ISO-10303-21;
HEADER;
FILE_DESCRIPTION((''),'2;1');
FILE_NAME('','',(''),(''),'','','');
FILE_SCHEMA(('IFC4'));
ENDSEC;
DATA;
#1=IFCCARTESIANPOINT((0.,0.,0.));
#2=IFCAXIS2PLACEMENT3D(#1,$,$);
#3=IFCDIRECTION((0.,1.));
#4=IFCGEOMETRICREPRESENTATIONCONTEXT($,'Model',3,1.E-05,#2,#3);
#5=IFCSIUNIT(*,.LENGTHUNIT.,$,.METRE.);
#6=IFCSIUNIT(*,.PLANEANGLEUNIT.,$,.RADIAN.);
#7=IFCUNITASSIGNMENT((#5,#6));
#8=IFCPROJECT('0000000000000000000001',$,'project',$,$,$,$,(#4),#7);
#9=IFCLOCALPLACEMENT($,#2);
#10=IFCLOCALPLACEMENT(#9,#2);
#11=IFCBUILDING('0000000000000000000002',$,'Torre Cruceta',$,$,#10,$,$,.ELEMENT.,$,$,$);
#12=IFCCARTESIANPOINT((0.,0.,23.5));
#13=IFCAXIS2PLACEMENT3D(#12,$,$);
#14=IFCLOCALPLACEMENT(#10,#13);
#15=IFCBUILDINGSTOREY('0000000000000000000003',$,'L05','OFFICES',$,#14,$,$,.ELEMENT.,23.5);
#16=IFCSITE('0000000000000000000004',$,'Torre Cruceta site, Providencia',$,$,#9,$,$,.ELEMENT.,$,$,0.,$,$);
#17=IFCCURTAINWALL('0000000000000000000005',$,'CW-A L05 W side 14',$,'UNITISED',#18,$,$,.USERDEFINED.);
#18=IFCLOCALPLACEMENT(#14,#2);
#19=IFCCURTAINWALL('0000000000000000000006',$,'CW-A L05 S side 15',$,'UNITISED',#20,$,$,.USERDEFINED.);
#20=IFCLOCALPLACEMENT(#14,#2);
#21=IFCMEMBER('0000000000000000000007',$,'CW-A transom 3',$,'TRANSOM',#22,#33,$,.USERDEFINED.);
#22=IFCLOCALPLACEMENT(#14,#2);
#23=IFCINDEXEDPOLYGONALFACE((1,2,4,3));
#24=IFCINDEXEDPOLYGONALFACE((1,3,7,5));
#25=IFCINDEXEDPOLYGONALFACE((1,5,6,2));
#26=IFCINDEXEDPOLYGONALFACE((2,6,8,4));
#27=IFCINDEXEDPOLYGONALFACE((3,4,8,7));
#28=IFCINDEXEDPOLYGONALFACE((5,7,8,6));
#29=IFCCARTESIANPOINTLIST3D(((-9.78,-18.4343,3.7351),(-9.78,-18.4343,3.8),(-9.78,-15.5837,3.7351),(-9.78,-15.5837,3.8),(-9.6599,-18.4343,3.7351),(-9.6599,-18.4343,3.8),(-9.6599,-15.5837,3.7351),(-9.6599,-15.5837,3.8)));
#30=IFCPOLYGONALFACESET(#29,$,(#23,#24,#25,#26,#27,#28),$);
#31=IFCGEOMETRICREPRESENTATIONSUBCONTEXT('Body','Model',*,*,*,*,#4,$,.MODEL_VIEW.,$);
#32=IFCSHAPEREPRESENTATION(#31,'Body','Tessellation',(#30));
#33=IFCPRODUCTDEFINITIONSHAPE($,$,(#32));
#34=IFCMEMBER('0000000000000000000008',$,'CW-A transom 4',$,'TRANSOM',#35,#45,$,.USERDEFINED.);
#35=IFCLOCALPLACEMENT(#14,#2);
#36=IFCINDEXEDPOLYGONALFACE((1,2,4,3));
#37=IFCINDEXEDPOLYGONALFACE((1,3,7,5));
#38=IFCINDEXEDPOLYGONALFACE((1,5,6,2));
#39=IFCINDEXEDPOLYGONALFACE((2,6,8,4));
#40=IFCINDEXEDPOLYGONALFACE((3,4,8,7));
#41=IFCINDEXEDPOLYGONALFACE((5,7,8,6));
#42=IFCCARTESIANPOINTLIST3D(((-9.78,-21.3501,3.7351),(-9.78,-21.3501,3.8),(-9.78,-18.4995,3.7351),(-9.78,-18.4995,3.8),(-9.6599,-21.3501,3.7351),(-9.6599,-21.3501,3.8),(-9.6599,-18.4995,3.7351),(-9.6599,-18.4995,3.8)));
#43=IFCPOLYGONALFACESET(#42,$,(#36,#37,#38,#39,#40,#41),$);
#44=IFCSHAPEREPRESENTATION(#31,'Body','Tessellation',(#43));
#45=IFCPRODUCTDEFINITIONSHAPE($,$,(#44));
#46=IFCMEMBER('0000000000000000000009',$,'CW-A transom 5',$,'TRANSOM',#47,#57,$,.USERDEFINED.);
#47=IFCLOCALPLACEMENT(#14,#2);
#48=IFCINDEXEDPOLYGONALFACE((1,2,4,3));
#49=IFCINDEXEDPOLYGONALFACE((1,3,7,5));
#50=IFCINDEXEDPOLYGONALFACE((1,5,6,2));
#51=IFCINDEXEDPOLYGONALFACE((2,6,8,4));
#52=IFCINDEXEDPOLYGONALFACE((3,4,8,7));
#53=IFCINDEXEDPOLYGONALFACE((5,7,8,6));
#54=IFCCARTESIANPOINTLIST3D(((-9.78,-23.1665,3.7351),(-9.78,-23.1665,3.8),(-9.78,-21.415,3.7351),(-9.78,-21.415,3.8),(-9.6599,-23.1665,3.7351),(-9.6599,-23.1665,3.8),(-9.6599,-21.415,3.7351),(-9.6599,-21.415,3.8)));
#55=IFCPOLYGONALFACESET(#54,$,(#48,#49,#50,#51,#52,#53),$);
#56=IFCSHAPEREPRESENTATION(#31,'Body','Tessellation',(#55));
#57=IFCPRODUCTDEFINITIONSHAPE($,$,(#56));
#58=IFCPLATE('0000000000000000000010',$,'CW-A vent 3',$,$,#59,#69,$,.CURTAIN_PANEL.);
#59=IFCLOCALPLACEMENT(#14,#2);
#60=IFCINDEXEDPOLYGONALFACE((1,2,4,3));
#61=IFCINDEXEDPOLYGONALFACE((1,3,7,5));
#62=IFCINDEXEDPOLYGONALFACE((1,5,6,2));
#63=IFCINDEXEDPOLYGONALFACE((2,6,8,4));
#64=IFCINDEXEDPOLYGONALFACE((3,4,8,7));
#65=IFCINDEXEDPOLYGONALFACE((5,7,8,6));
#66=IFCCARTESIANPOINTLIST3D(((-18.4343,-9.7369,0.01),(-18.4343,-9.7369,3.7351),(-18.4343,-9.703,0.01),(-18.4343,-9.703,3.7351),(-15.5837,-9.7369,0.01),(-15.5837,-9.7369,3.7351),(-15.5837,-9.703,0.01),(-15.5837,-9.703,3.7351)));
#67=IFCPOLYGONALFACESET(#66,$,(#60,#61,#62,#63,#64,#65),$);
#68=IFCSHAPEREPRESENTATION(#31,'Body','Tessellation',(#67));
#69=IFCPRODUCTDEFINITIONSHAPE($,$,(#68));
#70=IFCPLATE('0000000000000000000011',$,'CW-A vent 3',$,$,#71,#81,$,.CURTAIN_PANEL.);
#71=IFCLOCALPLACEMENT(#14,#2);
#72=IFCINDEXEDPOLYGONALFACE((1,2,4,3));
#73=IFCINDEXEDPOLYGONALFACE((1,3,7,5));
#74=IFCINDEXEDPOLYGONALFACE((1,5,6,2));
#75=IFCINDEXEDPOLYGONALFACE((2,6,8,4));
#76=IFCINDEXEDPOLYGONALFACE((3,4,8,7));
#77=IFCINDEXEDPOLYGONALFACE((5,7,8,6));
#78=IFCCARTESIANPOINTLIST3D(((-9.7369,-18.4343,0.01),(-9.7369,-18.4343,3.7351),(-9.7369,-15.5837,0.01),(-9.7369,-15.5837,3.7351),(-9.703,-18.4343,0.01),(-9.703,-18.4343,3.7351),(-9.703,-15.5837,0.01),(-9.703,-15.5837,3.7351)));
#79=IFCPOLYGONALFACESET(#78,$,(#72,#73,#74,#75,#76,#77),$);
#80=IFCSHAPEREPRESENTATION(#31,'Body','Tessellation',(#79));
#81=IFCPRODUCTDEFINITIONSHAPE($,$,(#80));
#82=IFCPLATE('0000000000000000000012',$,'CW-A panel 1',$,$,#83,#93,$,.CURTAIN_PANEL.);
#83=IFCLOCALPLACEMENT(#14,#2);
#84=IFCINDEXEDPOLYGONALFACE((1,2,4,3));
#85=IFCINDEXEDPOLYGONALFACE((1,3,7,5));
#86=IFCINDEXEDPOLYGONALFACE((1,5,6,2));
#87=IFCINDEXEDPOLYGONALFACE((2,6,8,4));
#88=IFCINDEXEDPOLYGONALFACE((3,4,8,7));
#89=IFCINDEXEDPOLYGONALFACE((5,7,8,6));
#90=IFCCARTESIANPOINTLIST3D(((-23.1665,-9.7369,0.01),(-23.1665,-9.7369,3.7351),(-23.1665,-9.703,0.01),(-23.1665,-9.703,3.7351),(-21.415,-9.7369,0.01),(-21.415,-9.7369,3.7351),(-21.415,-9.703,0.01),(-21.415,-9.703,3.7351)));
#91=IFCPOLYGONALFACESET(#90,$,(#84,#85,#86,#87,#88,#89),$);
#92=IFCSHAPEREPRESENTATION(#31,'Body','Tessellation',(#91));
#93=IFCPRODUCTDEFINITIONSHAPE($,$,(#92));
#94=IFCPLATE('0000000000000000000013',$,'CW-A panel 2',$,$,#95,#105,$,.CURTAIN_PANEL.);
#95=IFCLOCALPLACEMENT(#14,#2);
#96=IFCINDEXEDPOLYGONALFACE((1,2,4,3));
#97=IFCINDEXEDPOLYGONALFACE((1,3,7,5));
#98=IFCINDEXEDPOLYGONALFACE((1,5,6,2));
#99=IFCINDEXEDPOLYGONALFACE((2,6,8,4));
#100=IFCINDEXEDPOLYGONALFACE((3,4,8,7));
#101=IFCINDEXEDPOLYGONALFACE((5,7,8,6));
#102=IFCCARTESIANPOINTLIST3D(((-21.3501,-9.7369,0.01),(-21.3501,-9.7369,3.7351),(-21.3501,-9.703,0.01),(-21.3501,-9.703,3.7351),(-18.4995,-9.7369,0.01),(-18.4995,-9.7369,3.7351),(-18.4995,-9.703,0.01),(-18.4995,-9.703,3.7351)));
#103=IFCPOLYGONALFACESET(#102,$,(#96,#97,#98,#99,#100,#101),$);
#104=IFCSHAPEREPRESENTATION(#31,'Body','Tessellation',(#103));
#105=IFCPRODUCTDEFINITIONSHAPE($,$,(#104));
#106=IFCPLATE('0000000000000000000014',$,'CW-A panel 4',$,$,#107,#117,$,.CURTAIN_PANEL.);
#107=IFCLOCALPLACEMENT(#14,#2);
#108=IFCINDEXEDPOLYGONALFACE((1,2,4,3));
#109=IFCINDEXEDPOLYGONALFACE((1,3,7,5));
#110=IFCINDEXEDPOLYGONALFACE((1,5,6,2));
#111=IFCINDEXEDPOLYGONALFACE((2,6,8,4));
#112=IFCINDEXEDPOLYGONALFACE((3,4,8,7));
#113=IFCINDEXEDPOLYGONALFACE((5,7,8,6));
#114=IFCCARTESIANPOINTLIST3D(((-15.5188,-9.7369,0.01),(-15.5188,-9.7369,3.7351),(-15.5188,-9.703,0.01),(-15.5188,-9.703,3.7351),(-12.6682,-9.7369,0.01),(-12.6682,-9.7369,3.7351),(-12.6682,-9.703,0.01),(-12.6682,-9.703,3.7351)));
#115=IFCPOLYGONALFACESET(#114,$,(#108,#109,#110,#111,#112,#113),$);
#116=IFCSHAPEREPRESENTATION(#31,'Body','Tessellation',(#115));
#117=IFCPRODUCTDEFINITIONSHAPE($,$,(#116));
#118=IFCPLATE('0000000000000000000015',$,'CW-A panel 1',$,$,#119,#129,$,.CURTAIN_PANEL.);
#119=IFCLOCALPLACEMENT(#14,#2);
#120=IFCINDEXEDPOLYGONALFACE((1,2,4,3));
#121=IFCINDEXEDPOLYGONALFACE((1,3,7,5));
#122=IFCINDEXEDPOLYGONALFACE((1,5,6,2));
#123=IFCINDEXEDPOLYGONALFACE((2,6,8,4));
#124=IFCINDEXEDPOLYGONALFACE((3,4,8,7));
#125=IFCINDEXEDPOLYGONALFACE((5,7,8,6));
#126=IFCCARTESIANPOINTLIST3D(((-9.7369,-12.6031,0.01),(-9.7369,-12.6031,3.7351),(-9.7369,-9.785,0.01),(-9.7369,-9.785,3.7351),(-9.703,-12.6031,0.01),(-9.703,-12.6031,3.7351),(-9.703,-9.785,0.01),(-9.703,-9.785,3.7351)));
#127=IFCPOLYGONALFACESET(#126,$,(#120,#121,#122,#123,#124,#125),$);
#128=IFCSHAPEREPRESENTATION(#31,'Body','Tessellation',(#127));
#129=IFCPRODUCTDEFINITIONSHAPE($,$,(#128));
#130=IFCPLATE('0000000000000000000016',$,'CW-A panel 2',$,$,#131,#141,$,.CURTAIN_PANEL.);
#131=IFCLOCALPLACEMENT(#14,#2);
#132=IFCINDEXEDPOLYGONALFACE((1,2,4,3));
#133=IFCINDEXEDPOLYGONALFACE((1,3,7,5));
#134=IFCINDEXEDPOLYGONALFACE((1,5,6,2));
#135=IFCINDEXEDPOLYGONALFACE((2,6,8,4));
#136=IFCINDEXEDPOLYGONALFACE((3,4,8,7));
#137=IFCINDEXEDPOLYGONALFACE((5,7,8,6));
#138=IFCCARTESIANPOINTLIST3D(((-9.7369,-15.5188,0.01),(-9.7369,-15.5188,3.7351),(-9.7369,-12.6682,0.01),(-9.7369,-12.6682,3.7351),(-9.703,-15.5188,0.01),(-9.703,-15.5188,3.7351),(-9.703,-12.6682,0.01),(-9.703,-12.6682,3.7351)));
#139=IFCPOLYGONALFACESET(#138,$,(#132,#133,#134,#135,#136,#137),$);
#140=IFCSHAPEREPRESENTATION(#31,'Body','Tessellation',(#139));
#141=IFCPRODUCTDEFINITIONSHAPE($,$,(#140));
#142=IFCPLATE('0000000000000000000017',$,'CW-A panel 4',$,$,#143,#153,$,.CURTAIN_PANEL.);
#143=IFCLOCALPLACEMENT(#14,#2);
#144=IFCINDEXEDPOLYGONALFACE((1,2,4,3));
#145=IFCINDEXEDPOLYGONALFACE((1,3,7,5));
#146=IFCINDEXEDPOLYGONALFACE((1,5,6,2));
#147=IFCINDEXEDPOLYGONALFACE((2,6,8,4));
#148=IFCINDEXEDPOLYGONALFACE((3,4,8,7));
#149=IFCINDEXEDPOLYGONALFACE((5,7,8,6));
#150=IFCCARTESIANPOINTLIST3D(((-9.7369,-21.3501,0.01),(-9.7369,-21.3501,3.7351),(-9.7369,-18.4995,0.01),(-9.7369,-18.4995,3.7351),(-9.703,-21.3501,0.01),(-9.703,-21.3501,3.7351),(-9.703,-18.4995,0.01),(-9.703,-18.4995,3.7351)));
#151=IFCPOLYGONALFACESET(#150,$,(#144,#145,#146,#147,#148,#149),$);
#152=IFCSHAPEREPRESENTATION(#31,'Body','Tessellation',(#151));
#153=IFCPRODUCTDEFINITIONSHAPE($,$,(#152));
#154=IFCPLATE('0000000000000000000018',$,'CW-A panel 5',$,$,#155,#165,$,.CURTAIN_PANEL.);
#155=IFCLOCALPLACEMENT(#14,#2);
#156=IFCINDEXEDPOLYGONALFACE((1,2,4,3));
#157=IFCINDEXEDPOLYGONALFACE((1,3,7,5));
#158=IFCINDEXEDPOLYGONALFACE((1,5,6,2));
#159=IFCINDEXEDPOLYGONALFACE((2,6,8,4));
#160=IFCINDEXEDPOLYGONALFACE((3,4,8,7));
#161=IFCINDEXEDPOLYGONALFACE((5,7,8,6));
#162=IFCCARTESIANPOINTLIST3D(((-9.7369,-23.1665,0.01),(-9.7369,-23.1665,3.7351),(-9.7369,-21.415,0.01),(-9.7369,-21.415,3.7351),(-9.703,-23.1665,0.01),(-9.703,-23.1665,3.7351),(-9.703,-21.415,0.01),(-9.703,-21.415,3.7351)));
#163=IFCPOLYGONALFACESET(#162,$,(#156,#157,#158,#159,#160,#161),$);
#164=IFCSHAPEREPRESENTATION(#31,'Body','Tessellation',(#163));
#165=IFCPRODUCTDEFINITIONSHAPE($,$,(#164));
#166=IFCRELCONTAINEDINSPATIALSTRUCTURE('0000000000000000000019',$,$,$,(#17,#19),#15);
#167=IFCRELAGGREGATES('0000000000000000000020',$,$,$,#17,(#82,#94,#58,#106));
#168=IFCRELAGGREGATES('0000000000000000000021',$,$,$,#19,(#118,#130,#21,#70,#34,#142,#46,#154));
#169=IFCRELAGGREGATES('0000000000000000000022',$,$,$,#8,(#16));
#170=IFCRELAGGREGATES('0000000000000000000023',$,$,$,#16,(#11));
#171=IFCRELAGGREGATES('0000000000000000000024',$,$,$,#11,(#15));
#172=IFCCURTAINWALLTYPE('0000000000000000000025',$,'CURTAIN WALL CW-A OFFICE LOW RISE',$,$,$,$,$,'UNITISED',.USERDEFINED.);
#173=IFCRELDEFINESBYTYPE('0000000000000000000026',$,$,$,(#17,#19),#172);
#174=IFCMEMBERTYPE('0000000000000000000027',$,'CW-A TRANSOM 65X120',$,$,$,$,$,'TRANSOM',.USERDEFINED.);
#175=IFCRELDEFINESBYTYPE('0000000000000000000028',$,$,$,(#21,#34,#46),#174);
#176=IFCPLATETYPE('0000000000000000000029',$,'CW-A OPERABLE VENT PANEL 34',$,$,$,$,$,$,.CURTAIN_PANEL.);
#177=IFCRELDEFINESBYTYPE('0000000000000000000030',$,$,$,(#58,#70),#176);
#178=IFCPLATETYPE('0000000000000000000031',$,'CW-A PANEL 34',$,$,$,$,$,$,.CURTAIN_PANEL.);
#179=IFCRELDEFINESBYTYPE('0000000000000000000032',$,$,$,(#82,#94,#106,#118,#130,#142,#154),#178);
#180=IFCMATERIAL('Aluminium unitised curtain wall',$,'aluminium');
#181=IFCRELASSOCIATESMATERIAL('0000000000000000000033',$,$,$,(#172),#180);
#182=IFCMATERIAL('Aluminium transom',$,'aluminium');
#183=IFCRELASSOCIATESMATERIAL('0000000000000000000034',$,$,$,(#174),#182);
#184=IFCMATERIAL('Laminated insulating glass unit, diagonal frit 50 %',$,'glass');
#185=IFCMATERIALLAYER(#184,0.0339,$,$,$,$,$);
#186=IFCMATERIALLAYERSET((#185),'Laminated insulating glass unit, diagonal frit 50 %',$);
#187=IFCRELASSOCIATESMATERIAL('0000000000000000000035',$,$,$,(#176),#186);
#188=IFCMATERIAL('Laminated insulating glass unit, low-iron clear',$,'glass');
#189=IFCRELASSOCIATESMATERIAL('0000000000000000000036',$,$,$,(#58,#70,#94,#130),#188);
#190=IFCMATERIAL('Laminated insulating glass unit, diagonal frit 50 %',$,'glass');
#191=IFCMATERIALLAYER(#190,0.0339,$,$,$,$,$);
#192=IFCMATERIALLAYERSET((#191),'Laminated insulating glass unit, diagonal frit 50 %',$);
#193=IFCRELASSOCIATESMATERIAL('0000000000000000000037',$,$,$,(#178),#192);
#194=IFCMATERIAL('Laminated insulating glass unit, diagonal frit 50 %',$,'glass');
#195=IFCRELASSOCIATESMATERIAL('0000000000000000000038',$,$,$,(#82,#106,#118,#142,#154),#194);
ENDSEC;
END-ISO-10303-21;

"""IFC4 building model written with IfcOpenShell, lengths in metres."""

from ifc_helpers import new_model, si_unit, direction, frame, origin, origin_2d, place, context, subcontext, project, spatial, rectangle, extrude, material, layer, layer_set, material_profile, profile_set, type_object, element, aggregate, save


model = new_model("IFC4")

# Units and contexts
model_context = context("Model", 3, precision=1e-05, world=origin(), true_north=direction((0.0, 1.0)))
body_context = subcontext(model_context, "Body", "Model", "MODEL_VIEW")
ifc_project = project(units=[si_unit("LENGTHUNIT", "METRE"), si_unit("PLANEANGLEUNIT", "RADIAN")], contexts=[model_context])

# Site, building, storey
site_placement = place(None, origin())
site = spatial("IfcSite", under=ifc_project, at=site_placement, Name="Torre Cruceta site, Providencia", CompositionType="ELEMENT", RefElevation=0.0)
building_placement = place(site_placement, origin())
building = spatial("IfcBuilding", under=site, at=building_placement, Name="Torre Cruceta", CompositionType="ELEMENT")
storey_placement = place(building_placement, frame((0.0, 0.0, 23.5)))
storey = spatial("IfcBuildingStorey", under=building, at=storey_placement, Name="L05", Description="OFFICES", CompositionType="ELEMENT", Elevation=23.5)

# Curtain walls
ifc_material_1 = material(Name="Aluminium unitised curtain wall", Category="aluminium")
curtain_wall_type = type_object("IfcCurtainWallType", Name="CURTAIN WALL CW-A OFFICE LOW RISE", ElementType="UNITISED", PredefinedType="USERDEFINED", material=ifc_material_1)
curtain_wall_1_placement = place(storey_placement, origin())
curtain_wall_1 = element("IfcCurtainWall", 1, at=curtain_wall_1_placement, inside=storey, type_object=curtain_wall_type, Name="CW-A L05 W side 14", ObjectType="UNITISED", PredefinedType="USERDEFINED")
curtain_wall_2_placement = place(storey_placement, origin())
curtain_wall_2 = element("IfcCurtainWall", 2, at=curtain_wall_2_placement, inside=storey, type_object=curtain_wall_type, Name="CW-A L05 S side 15", ObjectType="UNITISED", PredefinedType="USERDEFINED")

# Members
ifc_material_2 = material(Name="Aluminium transom", Category="aluminium")
ifc_material_profile_1 = material_profile(ifc_material_2, rectangle(XDim=0.1201, YDim=0.0649, at=origin_2d()), Name="AL 120X65")
ifc_profile_set_1 = profile_set([ifc_material_profile_1], Name="Aluminium transom")
member_type_1 = type_object("IfcMemberType", Name="CW-A TRANSOM 65X120", ElementType="TRANSOM", PredefinedType="USERDEFINED", material=ifc_profile_set_1)
member_1_placement = place(storey_placement, frame((-9.72, -15.5837, 3.7676), z_axis=(0.0, -1.0, 0.0), x_axis=(1.0, 0.0, 0.0)))
member_1 = element("IfcMember", 3, at=member_1_placement, type_object=member_type_1, Name="CW-A transom 3", ObjectType="TRANSOM", PredefinedType="USERDEFINED", context=body_context, shape_type="SweptSolid", body=[
    extrude(rectangle(XDim=0.1201, YDim=0.0649, at=origin_2d()), origin(), (0.0, 0.0, 1.0), 2.8506),
])
member_2_placement = place(storey_placement, frame((-9.72, -18.4995, 3.7676), z_axis=(0.0, -1.0, 0.0), x_axis=(1.0, 0.0, 0.0)))
member_2 = element("IfcMember", 4, at=member_2_placement, type_object=member_type_1, Name="CW-A transom 4", ObjectType="TRANSOM", PredefinedType="USERDEFINED", context=body_context, shape_type="SweptSolid", body=[
    extrude(rectangle(XDim=0.1201, YDim=0.0649, at=origin_2d()), origin(), (0.0, 0.0, 1.0), 2.8506),
])
member_3_placement = place(storey_placement, frame((-9.72, -21.415, 3.7676), z_axis=(0.0, -1.0, 0.0), x_axis=(1.0, 0.0, 0.0)))
member_3 = element("IfcMember", 5, at=member_3_placement, type_object=member_type_1, Name="CW-A transom 5", ObjectType="TRANSOM", PredefinedType="USERDEFINED", context=body_context, shape_type="SweptSolid", body=[
    extrude(rectangle(XDim=0.1201, YDim=0.0649, at=origin_2d()), origin(), (0.0, 0.0, 1.0), 1.7515),
])

# Plates
ifc_material_3 = material(Name="Laminated insulating glass unit, low-iron clear", Category="glass")
ifc_material_4 = material(Name="Laminated insulating glass unit, diagonal frit 50 %", Category="glass")
ifc_layer_1 = layer(ifc_material_4, 0.0339)
ifc_layer_set_1 = layer_set([ifc_layer_1], Name="Laminated insulating glass unit, diagonal frit 50 %")
plate_type_1 = type_object("IfcPlateType", Name="CW-A OPERABLE VENT PANEL 34", PredefinedType="CURTAIN_PANEL", material=ifc_layer_set_1)
plate_1_placement = place(storey_placement, frame((-17.009, -9.72, 0.01), z_axis=(0.0, 0.0, 1.0), x_axis=(1.0, 0.0, 0.0)))
plate_1 = element("IfcPlate", 6, at=plate_1_placement, type_object=plate_type_1, material=ifc_material_3, Name="CW-A vent 3", PredefinedType="CURTAIN_PANEL", context=body_context, shape_type="SweptSolid", body=[
    extrude(rectangle(XDim=2.8506, YDim=0.0339, at=origin_2d()), origin(), (0.0, 0.0, 1.0), 3.7251),
])
plate_2_placement = place(storey_placement, frame((-9.72, -17.009, 0.01), z_axis=(0.0, 0.0, 1.0), x_axis=(0.0, -1.0, 0.0)))
plate_2 = element("IfcPlate", 7, at=plate_2_placement, type_object=plate_type_1, material=ifc_material_3, Name="CW-A vent 3", PredefinedType="CURTAIN_PANEL", context=body_context, shape_type="SweptSolid", body=[
    extrude(rectangle(XDim=2.8506, YDim=0.0339, at=origin_2d()), origin(), (0.0, 0.0, 1.0), 3.7251),
])
ifc_material_5 = material(Name="Laminated insulating glass unit, diagonal frit 50 %", Category="glass")
ifc_material_6 = material(Name="Laminated insulating glass unit, diagonal frit 50 %", Category="glass")
ifc_layer_2 = layer(ifc_material_6, 0.0339)
ifc_layer_set_2 = layer_set([ifc_layer_2], Name="Laminated insulating glass unit, diagonal frit 50 %")
plate_type_2 = type_object("IfcPlateType", Name="CW-A PANEL 34", PredefinedType="CURTAIN_PANEL", material=ifc_layer_set_2)
plate_3_placement = place(storey_placement, frame((-22.2908, -9.72, 0.01), z_axis=(0.0, 0.0, 1.0), x_axis=(1.0, 0.0, 0.0)))
plate_3 = element("IfcPlate", 8, at=plate_3_placement, type_object=plate_type_2, material=ifc_material_5, Name="CW-A panel 1", PredefinedType="CURTAIN_PANEL", context=body_context, shape_type="SweptSolid", body=[
    extrude(rectangle(XDim=1.7515, YDim=0.0339, at=origin_2d()), origin(), (0.0, 0.0, 1.0), 3.7251),
])
plate_4_placement = place(storey_placement, frame((-19.9248, -9.72, 0.01), z_axis=(0.0, 0.0, 1.0), x_axis=(1.0, 0.0, 0.0)))
plate_4 = element("IfcPlate", 9, at=plate_4_placement, type_object=plate_type_2, material=ifc_material_3, Name="CW-A panel 2", PredefinedType="CURTAIN_PANEL", context=body_context, shape_type="SweptSolid", body=[
    extrude(rectangle(XDim=2.8506, YDim=0.0339, at=origin_2d()), origin(), (0.0, 0.0, 1.0), 3.7251),
])
plate_5_placement = place(storey_placement, frame((-14.0935, -9.72, 0.01), z_axis=(0.0, 0.0, 1.0), x_axis=(1.0, 0.0, 0.0)))
plate_5 = element("IfcPlate", 10, at=plate_5_placement, type_object=plate_type_2, material=ifc_material_5, Name="CW-A panel 4", PredefinedType="CURTAIN_PANEL", context=body_context, shape_type="SweptSolid", body=[
    extrude(rectangle(XDim=2.8506, YDim=0.0339, at=origin_2d()), origin(), (0.0, 0.0, 1.0), 3.7251),
])
aggregate(curtain_wall_1, [plate_3, plate_4, plate_1, plate_5])
plate_6_placement = place(storey_placement, frame((-9.72, -11.1941, 0.01), z_axis=(0.0, 0.0, 1.0), x_axis=(0.0, -1.0, 0.0)))
plate_6 = element("IfcPlate", 11, at=plate_6_placement, type_object=plate_type_2, material=ifc_material_5, Name="CW-A panel 1", PredefinedType="CURTAIN_PANEL", context=body_context, shape_type="SweptSolid", body=[
    extrude(rectangle(XDim=2.8181, YDim=0.0339, at=origin_2d()), origin(), (0.0, 0.0, 1.0), 3.7251),
])
plate_7_placement = place(storey_placement, frame((-9.72, -14.0935, 0.01), z_axis=(0.0, 0.0, 1.0), x_axis=(0.0, -1.0, 0.0)))
plate_7 = element("IfcPlate", 12, at=plate_7_placement, type_object=plate_type_2, material=ifc_material_3, Name="CW-A panel 2", PredefinedType="CURTAIN_PANEL", context=body_context, shape_type="SweptSolid", body=[
    extrude(rectangle(XDim=2.8506, YDim=0.0339, at=origin_2d()), origin(), (0.0, 0.0, 1.0), 3.7251),
])
plate_8_placement = place(storey_placement, frame((-9.72, -19.9248, 0.01), z_axis=(0.0, 0.0, 1.0), x_axis=(0.0, -1.0, 0.0)))
plate_8 = element("IfcPlate", 13, at=plate_8_placement, type_object=plate_type_2, material=ifc_material_5, Name="CW-A panel 4", PredefinedType="CURTAIN_PANEL", context=body_context, shape_type="SweptSolid", body=[
    extrude(rectangle(XDim=2.8506, YDim=0.0339, at=origin_2d()), origin(), (0.0, 0.0, 1.0), 3.7251),
])
plate_9_placement = place(storey_placement, frame((-9.72, -22.2908, 0.01), z_axis=(0.0, 0.0, 1.0), x_axis=(0.0, -1.0, 0.0)))
plate_9 = element("IfcPlate", 14, at=plate_9_placement, type_object=plate_type_2, material=ifc_material_5, Name="CW-A panel 5", PredefinedType="CURTAIN_PANEL", context=body_context, shape_type="SweptSolid", body=[
    extrude(rectangle(XDim=1.7515, YDim=0.0339, at=origin_2d()), origin(), (0.0, 0.0, 1.0), 3.7251),
])
aggregate(curtain_wall_2, [plate_6, plate_7, member_1, plate_2, member_2, plate_8, member_3, plate_9])

save(model, "model.ifc")
